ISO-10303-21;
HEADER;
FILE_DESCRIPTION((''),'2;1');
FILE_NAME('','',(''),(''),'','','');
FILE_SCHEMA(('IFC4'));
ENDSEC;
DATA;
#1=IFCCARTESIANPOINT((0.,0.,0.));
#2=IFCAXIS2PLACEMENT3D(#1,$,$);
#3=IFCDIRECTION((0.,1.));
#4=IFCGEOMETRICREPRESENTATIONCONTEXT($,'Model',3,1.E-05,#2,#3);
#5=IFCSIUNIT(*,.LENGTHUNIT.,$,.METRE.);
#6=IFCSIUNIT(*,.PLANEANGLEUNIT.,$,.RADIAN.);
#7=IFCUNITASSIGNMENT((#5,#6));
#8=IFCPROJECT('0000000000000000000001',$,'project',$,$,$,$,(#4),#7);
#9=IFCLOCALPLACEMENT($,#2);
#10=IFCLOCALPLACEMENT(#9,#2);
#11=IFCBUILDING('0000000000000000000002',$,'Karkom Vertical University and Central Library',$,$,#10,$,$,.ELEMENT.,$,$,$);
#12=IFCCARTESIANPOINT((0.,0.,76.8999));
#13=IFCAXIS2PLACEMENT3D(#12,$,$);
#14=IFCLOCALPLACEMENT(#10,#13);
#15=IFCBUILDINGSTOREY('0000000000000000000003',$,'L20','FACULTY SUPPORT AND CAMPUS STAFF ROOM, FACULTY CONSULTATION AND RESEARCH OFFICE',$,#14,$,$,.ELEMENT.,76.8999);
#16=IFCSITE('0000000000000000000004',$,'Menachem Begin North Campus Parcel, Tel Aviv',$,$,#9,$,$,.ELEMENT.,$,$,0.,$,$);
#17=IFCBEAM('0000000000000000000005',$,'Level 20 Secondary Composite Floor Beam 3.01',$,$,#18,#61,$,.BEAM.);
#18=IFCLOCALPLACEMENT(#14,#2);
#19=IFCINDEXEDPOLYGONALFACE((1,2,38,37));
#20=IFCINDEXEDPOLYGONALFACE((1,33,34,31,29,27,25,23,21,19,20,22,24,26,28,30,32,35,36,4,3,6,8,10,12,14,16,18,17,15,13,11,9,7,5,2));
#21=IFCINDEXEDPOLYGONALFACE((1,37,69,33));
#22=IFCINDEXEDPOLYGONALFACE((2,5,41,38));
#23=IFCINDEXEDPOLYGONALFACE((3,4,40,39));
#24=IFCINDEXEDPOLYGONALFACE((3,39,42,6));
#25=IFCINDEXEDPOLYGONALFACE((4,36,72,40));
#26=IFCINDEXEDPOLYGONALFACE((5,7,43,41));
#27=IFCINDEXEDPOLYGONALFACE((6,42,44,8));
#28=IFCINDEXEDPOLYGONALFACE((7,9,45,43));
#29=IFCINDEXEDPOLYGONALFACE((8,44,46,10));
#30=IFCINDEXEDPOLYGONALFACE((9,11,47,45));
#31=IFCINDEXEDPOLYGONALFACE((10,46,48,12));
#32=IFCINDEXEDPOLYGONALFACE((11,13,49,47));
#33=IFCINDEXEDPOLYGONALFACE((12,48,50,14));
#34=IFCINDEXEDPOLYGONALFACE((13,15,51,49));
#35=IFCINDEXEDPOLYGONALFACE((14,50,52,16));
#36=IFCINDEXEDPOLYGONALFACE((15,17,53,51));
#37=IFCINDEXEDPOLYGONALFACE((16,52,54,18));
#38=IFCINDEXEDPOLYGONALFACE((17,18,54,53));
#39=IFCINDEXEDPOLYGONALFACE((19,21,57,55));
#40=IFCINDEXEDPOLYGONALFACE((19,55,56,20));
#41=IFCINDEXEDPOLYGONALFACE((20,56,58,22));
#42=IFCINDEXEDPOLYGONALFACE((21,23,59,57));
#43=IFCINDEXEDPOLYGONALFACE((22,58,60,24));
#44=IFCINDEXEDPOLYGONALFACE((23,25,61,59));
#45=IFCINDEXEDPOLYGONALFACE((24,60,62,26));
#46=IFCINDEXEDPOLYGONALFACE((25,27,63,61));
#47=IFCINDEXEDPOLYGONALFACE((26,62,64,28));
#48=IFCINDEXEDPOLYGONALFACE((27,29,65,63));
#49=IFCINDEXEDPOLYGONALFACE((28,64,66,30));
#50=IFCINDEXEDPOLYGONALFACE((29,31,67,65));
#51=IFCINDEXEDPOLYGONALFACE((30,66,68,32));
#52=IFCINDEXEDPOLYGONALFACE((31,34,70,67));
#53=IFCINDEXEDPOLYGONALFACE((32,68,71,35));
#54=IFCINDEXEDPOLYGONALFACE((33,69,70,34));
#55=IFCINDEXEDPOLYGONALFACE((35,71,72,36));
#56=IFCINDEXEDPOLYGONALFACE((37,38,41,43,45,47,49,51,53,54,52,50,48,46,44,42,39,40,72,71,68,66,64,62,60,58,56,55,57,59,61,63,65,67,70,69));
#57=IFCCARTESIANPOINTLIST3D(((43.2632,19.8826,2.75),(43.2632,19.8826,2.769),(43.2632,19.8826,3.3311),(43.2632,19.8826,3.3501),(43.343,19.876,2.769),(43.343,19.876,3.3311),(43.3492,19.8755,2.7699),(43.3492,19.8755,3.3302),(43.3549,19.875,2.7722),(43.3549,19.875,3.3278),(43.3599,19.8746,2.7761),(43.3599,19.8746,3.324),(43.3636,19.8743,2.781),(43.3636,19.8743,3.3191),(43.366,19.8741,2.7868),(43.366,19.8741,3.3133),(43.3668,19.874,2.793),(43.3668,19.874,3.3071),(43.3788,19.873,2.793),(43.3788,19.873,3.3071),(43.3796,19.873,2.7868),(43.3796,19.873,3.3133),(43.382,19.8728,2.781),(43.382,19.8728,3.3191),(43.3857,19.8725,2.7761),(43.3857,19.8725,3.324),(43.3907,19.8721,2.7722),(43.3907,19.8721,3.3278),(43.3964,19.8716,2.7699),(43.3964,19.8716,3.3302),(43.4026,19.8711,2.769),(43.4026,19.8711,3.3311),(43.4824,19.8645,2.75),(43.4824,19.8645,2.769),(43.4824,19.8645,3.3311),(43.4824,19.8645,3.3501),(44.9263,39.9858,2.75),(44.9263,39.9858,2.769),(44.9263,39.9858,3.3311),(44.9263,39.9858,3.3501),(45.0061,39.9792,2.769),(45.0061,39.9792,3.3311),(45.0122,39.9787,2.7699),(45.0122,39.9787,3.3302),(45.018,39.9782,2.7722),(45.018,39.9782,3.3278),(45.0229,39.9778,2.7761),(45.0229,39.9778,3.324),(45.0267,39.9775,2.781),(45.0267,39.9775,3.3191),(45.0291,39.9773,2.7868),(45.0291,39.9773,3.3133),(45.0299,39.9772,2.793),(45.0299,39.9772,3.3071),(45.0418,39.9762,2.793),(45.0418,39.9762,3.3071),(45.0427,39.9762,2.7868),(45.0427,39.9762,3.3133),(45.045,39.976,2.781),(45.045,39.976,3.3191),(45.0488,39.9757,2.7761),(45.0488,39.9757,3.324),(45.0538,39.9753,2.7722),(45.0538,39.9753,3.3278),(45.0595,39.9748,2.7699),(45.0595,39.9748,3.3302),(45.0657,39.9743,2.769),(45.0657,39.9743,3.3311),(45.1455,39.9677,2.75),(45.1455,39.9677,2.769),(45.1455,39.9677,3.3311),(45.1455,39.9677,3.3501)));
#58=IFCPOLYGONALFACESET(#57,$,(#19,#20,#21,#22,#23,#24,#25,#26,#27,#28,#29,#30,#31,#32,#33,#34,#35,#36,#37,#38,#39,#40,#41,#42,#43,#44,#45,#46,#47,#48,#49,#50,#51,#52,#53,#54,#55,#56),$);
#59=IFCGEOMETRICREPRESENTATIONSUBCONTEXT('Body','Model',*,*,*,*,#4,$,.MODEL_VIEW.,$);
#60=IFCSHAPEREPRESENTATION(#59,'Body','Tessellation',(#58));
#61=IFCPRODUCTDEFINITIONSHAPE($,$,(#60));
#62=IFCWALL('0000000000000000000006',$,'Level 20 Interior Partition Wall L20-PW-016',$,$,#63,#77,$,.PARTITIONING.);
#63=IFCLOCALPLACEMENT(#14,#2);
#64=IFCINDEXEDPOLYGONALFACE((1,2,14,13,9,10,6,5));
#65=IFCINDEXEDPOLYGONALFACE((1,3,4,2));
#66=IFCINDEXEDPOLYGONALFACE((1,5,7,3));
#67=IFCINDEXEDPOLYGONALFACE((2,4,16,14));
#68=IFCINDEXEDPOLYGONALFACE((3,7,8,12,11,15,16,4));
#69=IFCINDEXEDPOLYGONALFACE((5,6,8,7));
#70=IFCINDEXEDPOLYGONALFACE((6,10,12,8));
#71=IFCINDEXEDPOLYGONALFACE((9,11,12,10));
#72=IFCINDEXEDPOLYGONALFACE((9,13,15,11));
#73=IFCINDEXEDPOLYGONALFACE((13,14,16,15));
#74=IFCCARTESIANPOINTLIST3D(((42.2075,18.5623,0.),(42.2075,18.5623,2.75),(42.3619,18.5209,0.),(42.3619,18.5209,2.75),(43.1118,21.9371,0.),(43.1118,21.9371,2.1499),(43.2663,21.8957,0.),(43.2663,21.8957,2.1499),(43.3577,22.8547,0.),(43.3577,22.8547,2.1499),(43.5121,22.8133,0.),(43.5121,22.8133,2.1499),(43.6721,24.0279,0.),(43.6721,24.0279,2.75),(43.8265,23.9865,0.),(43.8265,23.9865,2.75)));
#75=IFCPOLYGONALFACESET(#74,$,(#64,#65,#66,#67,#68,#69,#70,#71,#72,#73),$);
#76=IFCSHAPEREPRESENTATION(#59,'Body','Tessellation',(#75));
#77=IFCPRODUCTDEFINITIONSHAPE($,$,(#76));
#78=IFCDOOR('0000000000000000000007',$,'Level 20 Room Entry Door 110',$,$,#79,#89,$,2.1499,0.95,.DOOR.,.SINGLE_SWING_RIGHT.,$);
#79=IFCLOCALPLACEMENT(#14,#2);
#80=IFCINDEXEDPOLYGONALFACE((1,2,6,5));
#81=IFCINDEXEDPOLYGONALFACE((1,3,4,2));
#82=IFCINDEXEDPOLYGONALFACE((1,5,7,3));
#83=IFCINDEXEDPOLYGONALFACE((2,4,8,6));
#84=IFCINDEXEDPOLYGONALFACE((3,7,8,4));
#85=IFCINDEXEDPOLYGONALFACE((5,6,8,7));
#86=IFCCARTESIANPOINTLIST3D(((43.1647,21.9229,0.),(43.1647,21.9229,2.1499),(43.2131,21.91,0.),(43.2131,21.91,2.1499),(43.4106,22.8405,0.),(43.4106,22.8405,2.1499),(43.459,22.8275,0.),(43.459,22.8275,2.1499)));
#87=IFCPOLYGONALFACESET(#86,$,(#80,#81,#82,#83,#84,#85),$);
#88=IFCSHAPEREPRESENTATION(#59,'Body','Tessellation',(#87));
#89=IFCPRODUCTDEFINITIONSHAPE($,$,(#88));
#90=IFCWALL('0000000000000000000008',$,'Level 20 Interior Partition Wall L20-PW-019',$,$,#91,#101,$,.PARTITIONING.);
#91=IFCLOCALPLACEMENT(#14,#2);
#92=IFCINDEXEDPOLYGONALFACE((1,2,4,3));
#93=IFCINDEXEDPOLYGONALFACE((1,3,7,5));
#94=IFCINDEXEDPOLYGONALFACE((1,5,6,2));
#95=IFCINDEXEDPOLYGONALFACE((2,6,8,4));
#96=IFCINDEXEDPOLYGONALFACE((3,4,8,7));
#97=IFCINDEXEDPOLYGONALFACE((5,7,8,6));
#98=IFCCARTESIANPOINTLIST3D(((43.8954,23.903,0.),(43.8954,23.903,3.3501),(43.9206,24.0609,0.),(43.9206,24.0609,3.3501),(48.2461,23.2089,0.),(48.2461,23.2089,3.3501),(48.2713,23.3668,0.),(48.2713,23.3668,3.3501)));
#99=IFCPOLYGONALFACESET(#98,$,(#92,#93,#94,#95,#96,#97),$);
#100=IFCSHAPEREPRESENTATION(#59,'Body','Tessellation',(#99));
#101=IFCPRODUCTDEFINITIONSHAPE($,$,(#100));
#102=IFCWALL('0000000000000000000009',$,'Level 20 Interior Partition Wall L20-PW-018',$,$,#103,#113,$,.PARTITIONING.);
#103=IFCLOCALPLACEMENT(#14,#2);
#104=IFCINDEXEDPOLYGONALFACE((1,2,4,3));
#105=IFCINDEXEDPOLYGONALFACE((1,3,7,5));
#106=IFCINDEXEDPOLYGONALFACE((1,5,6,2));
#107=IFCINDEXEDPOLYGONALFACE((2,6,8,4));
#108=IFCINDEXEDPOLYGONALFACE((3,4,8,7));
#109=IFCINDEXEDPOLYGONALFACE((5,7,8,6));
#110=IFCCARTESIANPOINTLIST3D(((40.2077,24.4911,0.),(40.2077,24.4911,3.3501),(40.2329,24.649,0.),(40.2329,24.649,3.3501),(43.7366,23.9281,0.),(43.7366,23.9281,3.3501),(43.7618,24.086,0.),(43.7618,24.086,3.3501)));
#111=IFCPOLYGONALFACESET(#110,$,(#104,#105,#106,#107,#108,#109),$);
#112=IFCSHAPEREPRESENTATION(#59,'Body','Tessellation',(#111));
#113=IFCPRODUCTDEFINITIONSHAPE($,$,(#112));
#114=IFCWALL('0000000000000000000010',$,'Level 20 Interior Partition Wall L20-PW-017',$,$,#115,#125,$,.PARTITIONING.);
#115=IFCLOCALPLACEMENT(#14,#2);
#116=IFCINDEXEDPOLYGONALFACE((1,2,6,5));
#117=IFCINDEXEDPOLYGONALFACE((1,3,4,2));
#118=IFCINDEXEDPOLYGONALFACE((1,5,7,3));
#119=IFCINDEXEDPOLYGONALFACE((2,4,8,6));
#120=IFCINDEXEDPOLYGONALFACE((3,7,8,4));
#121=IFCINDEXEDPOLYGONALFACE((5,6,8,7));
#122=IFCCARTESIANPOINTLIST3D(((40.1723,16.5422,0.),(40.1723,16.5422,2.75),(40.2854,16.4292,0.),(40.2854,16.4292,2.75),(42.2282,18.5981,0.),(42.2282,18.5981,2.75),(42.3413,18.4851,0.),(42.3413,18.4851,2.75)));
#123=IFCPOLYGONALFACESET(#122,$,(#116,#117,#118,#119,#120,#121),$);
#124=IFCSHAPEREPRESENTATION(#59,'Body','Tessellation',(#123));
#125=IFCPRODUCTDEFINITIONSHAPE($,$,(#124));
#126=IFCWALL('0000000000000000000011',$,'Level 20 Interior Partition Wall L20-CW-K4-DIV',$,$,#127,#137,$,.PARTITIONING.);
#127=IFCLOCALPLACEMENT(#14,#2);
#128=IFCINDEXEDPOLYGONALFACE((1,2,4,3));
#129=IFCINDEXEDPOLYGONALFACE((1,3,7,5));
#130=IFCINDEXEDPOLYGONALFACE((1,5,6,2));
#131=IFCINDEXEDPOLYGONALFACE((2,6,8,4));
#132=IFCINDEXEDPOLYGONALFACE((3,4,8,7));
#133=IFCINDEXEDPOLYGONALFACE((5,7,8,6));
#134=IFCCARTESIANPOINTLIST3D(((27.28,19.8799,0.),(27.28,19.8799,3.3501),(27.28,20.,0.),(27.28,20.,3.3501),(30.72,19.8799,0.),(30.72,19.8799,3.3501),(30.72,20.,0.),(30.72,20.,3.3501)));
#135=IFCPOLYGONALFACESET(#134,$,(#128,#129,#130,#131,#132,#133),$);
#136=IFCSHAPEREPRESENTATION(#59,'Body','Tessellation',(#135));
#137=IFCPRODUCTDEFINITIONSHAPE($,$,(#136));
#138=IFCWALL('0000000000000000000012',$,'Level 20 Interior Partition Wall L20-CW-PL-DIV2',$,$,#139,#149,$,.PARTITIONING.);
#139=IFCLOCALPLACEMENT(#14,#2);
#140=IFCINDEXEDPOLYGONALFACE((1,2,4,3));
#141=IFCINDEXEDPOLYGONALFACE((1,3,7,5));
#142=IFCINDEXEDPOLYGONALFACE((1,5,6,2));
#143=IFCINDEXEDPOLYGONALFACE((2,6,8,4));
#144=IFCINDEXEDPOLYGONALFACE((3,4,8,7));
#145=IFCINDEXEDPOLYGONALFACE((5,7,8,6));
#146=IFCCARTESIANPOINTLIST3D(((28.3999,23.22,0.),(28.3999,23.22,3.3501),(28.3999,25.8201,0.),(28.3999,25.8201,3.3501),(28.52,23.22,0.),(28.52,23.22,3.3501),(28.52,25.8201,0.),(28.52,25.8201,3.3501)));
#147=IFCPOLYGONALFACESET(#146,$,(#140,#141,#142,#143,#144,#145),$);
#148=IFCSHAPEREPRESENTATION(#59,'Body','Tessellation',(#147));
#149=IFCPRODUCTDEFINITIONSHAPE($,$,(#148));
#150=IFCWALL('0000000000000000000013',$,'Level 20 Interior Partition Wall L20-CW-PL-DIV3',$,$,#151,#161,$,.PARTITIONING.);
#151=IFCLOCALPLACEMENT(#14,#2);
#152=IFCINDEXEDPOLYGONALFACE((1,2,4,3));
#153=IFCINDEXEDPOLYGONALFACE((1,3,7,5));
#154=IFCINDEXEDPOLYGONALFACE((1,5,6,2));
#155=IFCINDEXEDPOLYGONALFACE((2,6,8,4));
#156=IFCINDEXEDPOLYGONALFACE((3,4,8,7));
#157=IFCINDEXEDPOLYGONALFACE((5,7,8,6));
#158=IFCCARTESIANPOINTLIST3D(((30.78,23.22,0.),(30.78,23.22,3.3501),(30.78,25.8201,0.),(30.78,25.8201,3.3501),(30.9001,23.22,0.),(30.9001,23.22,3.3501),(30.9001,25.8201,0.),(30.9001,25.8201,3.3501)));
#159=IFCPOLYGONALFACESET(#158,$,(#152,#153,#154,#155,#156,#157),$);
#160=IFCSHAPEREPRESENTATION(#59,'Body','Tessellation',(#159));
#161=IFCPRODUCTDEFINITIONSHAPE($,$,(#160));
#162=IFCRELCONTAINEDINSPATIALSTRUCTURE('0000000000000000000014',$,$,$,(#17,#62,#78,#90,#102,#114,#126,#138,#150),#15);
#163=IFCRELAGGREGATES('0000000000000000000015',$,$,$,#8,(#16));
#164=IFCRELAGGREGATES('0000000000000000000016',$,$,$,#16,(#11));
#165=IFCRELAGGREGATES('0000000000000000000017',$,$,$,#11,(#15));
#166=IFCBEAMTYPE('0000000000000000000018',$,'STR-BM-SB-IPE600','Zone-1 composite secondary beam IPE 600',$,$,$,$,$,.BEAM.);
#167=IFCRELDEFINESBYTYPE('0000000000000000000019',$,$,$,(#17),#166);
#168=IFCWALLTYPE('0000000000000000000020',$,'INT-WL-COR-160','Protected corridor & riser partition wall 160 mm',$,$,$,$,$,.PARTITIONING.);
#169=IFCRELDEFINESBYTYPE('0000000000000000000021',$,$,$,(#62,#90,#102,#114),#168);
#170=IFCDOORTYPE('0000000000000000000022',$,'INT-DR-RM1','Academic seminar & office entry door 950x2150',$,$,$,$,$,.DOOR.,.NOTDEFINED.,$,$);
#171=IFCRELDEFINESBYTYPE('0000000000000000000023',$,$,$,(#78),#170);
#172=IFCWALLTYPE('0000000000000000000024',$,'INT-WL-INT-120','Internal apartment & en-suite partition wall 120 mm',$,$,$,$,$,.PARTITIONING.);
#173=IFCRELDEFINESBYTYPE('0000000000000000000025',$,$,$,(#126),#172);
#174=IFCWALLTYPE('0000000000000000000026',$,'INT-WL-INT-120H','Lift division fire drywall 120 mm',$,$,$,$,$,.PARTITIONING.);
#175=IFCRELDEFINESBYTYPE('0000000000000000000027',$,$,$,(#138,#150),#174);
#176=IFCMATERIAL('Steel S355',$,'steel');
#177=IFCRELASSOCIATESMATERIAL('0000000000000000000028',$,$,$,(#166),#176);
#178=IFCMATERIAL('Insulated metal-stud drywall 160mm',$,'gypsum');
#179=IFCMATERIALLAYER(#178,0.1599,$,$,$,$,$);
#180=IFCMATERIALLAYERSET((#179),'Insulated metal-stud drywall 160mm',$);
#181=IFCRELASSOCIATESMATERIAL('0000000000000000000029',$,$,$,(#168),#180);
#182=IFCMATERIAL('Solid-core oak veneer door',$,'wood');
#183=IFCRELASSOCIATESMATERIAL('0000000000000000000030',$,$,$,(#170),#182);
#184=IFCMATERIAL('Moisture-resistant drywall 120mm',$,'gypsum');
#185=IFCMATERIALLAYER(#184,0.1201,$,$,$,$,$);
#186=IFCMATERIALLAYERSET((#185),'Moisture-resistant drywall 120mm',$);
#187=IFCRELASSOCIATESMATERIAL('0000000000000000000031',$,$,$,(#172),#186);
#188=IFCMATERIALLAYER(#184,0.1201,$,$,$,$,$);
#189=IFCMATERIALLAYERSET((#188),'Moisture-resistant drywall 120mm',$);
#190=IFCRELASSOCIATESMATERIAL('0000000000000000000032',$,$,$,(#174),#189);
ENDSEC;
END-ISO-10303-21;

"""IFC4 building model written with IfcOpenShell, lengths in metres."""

from ifc_helpers import new_model, si_unit, direction, frame, frame_2d, origin, origin_with_axes, origin_2d, place, context, subcontext, project, spatial, rectangle, i_section, extrude, source, transform, mapped, material, layer, layer_set, material_profile, profile_set, type_object, element, fill, save


model = new_model("IFC4")

# Units and contexts
model_context = context("Model", 3, precision=1e-05, world=origin(), true_north=direction((0.0, 1.0)))
body_context = subcontext(model_context, "Body", "Model", "MODEL_VIEW")
ifc_project = project(units=[si_unit("LENGTHUNIT", "METRE"), si_unit("PLANEANGLEUNIT", "RADIAN")], contexts=[model_context])

# Site, building, storey
site_placement = place(None, origin())
site = spatial("IfcSite", under=ifc_project, at=site_placement, Name="Menachem Begin North Campus Parcel, Tel Aviv", CompositionType="ELEMENT", RefElevation=0.0)
building_placement = place(site_placement, origin())
building = spatial("IfcBuilding", under=site, at=building_placement, Name="Karkom Vertical University and Central Library", CompositionType="ELEMENT")
storey_placement = place(building_placement, frame((0.0, 0.0, 76.8999)))
storey = spatial("IfcBuildingStorey", under=building, at=storey_placement, Name="L20", Description="FACULTY SUPPORT AND CAMPUS STAFF ROOM, FACULTY CONSULTATION AND RESEARCH OFFICE", CompositionType="ELEMENT", Elevation=76.8999)

# Beam
ifc_material_1 = material(Name="Steel S355", Category="steel")
ifc_material_profile_1 = material_profile(ifc_material_1, i_section(OverallWidth=0.22, OverallDepth=0.6001, WebThickness=0.012, FlangeThickness=0.019, FilletRadius=0.0239, at=origin_2d()), Name="IPE 600")
ifc_profile_set_1 = profile_set([ifc_material_profile_1], Name="Steel S355")
beam_type_1 = type_object("IfcBeamType", Name="STR-BM-SB-IPE600", Description="Zone-1 composite secondary beam IPE 600", PredefinedType="BEAM", material=ifc_profile_set_1)
shared_shape_1 = source(origin_with_axes(), body_context, "Body", "SweptSolid", [
    extrude(i_section(OverallWidth=0.22, OverallDepth=0.6001, WebThickness=0.012, FlangeThickness=0.019, FilletRadius=0.0239, at=origin_2d()), origin(), (0.0, 0.0, 1.0), 20.1719),
])
beam_1_placement = place(storey_placement, frame((43.3728, 19.8735, 3.05), z_axis=(0.082445, 0.996596, 0.0), x_axis=(-0.996596, 0.082445, 0.0)))
element("IfcBeam", 1, at=beam_1_placement, inside=storey, type_object=beam_type_1, Name="Level 20 Secondary Composite Floor Beam 3.01", PredefinedType="BEAM", context=body_context, shape_type="MappedRepresentation", body=[
    mapped(shared_shape_1, transform((0.0, 0.0, 0.0), scale=1.0)),
])

# Wall, opening, door
ifc_material_2 = material(Name="Insulated metal-stud drywall 160mm", Category="gypsum")
ifc_layer_1 = layer(ifc_material_2, 0.1599)
ifc_layer_set_1 = layer_set([ifc_layer_1], Name="Insulated metal-stud drywall 160mm")
wall_type_1 = type_object("IfcWallType", Name="INT-WL-COR-160", Description="Protected corridor & riser partition wall 160 mm", PredefinedType="PARTITIONING", material=ifc_layer_set_1)
wall_1_placement = place(storey_placement, frame((43.7493, 24.0071, 0.0), z_axis=(0.0, 0.0, 1.0), x_axis=(-0.258836, -0.965921, 0.0)))
wall_1 = element("IfcWall", 2, at=wall_1_placement, inside=storey, type_object=wall_type_1, Name="Level 20 Interior Partition Wall L20-PW-016", PredefinedType="PARTITIONING", context=body_context, shape_type="SweptSolid", body=[
    extrude(rectangle(XDim=5.6584, YDim=0.1599, at=frame_2d((2.8291, 0.0))), origin(), (0.0, 0.0, 1.0), 2.75),
])
opening_1_placement = place(wall_1_placement, frame((1.2144, 0.0, 0.0)))
opening_1 = element("IfcOpeningElement", 3, at=opening_1_placement, cuts=wall_1, PredefinedType="OPENING", context=body_context, shape_type="SweptSolid", body=[
    extrude(rectangle(XDim=0.95, YDim=2.1499, at=frame_2d((0.4751, 1.075))), frame((0.0, 0.0898, 0.0), z_axis=(0.0, -1.0, 0.0), x_axis=(1.0, 0.0, 0.0)), (0.0, 0.0, 1.0), 0.1799),
])
ifc_material_3 = material(Name="Solid-core oak veneer door", Category="wood")
door_type_1 = type_object("IfcDoorType", Name="INT-DR-RM1", Description="Academic seminar & office entry door 950x2150", OperationType="NOTDEFINED", PredefinedType="DOOR", material=ifc_material_3)
shared_shape_2 = source(origin_with_axes(), body_context, "Body", "SweptSolid", [
    extrude(rectangle(XDim=0.95, YDim=2.1499, at=frame_2d((0.4751, 1.075))), frame((0.0, 0.0249, 0.0), z_axis=(0.0, -1.0, 0.0), x_axis=(1.0, 0.0, 0.0)), (0.0, 0.0, 1.0), 0.05),
])
door_1_placement = place(opening_1_placement, origin())
door_1 = element("IfcDoor", 4, at=door_1_placement, inside=storey, type_object=door_type_1, Name="Level 20 Room Entry Door 110", OperationType="SINGLE_SWING_RIGHT", OverallHeight=2.1499, OverallWidth=0.95, PredefinedType="DOOR", context=body_context, shape_type="MappedRepresentation", body=[
    mapped(shared_shape_2, transform((0.0, 0.0, 0.0), scale=1.0)),
])
fill(opening_1, door_1)

# Walls
wall_2_placement = place(storey_placement, frame((43.908, 23.9819, 0.0), z_axis=(0.0, 0.0, 1.0), x_axis=(0.987513, -0.157539, 0.0)))
element("IfcWall", 5, at=wall_2_placement, inside=storey, type_object=wall_type_1, Name="Level 20 Interior Partition Wall L20-PW-019", PredefinedType="PARTITIONING", context=body_context, shape_type="SweptSolid", body=[
    extrude(rectangle(XDim=4.4058, YDim=0.1599, at=frame_2d((2.2029, 0.0))), origin(), (0.0, 0.0, 1.0), 3.3501),
])
wall_3_placement = place(storey_placement, frame((40.2205, 24.5701, 0.0), z_axis=(0.0, 0.0, 1.0), x_axis=(0.987511, -0.157548, 0.0)))
element("IfcWall", 6, at=wall_3_placement, inside=storey, type_object=wall_type_1, Name="Level 20 Interior Partition Wall L20-PW-018", PredefinedType="PARTITIONING", context=body_context, shape_type="SweptSolid", body=[
    extrude(rectangle(XDim=3.5735, YDim=0.1599, at=frame_2d((1.7866, 0.0))), origin(), (0.0, 0.0, 1.0), 3.3501),
])
wall_4_placement = place(storey_placement, frame((42.2847, 18.5415, 0.0), z_axis=(0.0, 0.0, 1.0), x_axis=(-0.707107, -0.707107, 0.0)))
element("IfcWall", 7, at=wall_4_placement, inside=storey, type_object=wall_type_1, Name="Level 20 Interior Partition Wall L20-PW-017", PredefinedType="PARTITIONING", context=body_context, shape_type="SweptSolid", body=[
    extrude(rectangle(XDim=2.9075, YDim=0.1599, at=frame_2d((1.4536, 0.0))), origin(), (0.0, 0.0, 1.0), 2.75),
])
ifc_material_4 = material(Name="Moisture-resistant drywall 120mm", Category="gypsum")
ifc_layer_2 = layer(ifc_material_4, 0.1201)
ifc_layer_set_2 = layer_set([ifc_layer_2], Name="Moisture-resistant drywall 120mm")
wall_type_2 = type_object("IfcWallType", Name="INT-WL-INT-120", Description="Internal apartment & en-suite partition wall 120 mm", PredefinedType="PARTITIONING", material=ifc_layer_set_2)
wall_5_placement = place(storey_placement, frame((27.28, 19.9399, 0.0), z_axis=(0.0, 0.0, 1.0), x_axis=(1.0, 0.0, 0.0)))
element("IfcWall", 8, at=wall_5_placement, inside=storey, type_object=wall_type_2, Name="Level 20 Interior Partition Wall L20-CW-K4-DIV", PredefinedType="PARTITIONING", context=body_context, shape_type="SweptSolid", body=[
    extrude(rectangle(XDim=3.4399, YDim=0.1201, at=frame_2d((1.72, 0.0))), origin(), (0.0, 0.0, 1.0), 3.3501),
])
ifc_layer_3 = layer(ifc_material_4, 0.1201)
ifc_layer_set_3 = layer_set([ifc_layer_3], Name="Moisture-resistant drywall 120mm")
wall_type_3 = type_object("IfcWallType", Name="INT-WL-INT-120H", Description="Lift division fire drywall 120 mm", PredefinedType="PARTITIONING", material=ifc_layer_set_3)
for number, where, z_axis, x_axis, name in (
    (9, (28.46, 23.22, 0.0), (0.0, 0.0, 1.0), (0.0, 1.0, 0.0), "Level 20 Interior Partition Wall L20-CW-PL-DIV2"),
    (10, (30.8401, 23.22, 0.0), (0.0, 0.0, 1.0), (0.0, 1.0, 0.0), "Level 20 Interior Partition Wall L20-CW-PL-DIV3"),
):
    element("IfcWall", number, at=place(storey_placement, frame(where, z_axis=z_axis, x_axis=x_axis)), inside=storey, type_object=wall_type_3, Name=name, PredefinedType="PARTITIONING", context=body_context, shape_type="SweptSolid", body=[
        extrude(rectangle(XDim=2.6001, YDim=0.1201, at=frame_2d((1.3, 0.0))), origin(), (0.0, 0.0, 1.0), 3.3501),
    ])

save(model, "model.ifc")
